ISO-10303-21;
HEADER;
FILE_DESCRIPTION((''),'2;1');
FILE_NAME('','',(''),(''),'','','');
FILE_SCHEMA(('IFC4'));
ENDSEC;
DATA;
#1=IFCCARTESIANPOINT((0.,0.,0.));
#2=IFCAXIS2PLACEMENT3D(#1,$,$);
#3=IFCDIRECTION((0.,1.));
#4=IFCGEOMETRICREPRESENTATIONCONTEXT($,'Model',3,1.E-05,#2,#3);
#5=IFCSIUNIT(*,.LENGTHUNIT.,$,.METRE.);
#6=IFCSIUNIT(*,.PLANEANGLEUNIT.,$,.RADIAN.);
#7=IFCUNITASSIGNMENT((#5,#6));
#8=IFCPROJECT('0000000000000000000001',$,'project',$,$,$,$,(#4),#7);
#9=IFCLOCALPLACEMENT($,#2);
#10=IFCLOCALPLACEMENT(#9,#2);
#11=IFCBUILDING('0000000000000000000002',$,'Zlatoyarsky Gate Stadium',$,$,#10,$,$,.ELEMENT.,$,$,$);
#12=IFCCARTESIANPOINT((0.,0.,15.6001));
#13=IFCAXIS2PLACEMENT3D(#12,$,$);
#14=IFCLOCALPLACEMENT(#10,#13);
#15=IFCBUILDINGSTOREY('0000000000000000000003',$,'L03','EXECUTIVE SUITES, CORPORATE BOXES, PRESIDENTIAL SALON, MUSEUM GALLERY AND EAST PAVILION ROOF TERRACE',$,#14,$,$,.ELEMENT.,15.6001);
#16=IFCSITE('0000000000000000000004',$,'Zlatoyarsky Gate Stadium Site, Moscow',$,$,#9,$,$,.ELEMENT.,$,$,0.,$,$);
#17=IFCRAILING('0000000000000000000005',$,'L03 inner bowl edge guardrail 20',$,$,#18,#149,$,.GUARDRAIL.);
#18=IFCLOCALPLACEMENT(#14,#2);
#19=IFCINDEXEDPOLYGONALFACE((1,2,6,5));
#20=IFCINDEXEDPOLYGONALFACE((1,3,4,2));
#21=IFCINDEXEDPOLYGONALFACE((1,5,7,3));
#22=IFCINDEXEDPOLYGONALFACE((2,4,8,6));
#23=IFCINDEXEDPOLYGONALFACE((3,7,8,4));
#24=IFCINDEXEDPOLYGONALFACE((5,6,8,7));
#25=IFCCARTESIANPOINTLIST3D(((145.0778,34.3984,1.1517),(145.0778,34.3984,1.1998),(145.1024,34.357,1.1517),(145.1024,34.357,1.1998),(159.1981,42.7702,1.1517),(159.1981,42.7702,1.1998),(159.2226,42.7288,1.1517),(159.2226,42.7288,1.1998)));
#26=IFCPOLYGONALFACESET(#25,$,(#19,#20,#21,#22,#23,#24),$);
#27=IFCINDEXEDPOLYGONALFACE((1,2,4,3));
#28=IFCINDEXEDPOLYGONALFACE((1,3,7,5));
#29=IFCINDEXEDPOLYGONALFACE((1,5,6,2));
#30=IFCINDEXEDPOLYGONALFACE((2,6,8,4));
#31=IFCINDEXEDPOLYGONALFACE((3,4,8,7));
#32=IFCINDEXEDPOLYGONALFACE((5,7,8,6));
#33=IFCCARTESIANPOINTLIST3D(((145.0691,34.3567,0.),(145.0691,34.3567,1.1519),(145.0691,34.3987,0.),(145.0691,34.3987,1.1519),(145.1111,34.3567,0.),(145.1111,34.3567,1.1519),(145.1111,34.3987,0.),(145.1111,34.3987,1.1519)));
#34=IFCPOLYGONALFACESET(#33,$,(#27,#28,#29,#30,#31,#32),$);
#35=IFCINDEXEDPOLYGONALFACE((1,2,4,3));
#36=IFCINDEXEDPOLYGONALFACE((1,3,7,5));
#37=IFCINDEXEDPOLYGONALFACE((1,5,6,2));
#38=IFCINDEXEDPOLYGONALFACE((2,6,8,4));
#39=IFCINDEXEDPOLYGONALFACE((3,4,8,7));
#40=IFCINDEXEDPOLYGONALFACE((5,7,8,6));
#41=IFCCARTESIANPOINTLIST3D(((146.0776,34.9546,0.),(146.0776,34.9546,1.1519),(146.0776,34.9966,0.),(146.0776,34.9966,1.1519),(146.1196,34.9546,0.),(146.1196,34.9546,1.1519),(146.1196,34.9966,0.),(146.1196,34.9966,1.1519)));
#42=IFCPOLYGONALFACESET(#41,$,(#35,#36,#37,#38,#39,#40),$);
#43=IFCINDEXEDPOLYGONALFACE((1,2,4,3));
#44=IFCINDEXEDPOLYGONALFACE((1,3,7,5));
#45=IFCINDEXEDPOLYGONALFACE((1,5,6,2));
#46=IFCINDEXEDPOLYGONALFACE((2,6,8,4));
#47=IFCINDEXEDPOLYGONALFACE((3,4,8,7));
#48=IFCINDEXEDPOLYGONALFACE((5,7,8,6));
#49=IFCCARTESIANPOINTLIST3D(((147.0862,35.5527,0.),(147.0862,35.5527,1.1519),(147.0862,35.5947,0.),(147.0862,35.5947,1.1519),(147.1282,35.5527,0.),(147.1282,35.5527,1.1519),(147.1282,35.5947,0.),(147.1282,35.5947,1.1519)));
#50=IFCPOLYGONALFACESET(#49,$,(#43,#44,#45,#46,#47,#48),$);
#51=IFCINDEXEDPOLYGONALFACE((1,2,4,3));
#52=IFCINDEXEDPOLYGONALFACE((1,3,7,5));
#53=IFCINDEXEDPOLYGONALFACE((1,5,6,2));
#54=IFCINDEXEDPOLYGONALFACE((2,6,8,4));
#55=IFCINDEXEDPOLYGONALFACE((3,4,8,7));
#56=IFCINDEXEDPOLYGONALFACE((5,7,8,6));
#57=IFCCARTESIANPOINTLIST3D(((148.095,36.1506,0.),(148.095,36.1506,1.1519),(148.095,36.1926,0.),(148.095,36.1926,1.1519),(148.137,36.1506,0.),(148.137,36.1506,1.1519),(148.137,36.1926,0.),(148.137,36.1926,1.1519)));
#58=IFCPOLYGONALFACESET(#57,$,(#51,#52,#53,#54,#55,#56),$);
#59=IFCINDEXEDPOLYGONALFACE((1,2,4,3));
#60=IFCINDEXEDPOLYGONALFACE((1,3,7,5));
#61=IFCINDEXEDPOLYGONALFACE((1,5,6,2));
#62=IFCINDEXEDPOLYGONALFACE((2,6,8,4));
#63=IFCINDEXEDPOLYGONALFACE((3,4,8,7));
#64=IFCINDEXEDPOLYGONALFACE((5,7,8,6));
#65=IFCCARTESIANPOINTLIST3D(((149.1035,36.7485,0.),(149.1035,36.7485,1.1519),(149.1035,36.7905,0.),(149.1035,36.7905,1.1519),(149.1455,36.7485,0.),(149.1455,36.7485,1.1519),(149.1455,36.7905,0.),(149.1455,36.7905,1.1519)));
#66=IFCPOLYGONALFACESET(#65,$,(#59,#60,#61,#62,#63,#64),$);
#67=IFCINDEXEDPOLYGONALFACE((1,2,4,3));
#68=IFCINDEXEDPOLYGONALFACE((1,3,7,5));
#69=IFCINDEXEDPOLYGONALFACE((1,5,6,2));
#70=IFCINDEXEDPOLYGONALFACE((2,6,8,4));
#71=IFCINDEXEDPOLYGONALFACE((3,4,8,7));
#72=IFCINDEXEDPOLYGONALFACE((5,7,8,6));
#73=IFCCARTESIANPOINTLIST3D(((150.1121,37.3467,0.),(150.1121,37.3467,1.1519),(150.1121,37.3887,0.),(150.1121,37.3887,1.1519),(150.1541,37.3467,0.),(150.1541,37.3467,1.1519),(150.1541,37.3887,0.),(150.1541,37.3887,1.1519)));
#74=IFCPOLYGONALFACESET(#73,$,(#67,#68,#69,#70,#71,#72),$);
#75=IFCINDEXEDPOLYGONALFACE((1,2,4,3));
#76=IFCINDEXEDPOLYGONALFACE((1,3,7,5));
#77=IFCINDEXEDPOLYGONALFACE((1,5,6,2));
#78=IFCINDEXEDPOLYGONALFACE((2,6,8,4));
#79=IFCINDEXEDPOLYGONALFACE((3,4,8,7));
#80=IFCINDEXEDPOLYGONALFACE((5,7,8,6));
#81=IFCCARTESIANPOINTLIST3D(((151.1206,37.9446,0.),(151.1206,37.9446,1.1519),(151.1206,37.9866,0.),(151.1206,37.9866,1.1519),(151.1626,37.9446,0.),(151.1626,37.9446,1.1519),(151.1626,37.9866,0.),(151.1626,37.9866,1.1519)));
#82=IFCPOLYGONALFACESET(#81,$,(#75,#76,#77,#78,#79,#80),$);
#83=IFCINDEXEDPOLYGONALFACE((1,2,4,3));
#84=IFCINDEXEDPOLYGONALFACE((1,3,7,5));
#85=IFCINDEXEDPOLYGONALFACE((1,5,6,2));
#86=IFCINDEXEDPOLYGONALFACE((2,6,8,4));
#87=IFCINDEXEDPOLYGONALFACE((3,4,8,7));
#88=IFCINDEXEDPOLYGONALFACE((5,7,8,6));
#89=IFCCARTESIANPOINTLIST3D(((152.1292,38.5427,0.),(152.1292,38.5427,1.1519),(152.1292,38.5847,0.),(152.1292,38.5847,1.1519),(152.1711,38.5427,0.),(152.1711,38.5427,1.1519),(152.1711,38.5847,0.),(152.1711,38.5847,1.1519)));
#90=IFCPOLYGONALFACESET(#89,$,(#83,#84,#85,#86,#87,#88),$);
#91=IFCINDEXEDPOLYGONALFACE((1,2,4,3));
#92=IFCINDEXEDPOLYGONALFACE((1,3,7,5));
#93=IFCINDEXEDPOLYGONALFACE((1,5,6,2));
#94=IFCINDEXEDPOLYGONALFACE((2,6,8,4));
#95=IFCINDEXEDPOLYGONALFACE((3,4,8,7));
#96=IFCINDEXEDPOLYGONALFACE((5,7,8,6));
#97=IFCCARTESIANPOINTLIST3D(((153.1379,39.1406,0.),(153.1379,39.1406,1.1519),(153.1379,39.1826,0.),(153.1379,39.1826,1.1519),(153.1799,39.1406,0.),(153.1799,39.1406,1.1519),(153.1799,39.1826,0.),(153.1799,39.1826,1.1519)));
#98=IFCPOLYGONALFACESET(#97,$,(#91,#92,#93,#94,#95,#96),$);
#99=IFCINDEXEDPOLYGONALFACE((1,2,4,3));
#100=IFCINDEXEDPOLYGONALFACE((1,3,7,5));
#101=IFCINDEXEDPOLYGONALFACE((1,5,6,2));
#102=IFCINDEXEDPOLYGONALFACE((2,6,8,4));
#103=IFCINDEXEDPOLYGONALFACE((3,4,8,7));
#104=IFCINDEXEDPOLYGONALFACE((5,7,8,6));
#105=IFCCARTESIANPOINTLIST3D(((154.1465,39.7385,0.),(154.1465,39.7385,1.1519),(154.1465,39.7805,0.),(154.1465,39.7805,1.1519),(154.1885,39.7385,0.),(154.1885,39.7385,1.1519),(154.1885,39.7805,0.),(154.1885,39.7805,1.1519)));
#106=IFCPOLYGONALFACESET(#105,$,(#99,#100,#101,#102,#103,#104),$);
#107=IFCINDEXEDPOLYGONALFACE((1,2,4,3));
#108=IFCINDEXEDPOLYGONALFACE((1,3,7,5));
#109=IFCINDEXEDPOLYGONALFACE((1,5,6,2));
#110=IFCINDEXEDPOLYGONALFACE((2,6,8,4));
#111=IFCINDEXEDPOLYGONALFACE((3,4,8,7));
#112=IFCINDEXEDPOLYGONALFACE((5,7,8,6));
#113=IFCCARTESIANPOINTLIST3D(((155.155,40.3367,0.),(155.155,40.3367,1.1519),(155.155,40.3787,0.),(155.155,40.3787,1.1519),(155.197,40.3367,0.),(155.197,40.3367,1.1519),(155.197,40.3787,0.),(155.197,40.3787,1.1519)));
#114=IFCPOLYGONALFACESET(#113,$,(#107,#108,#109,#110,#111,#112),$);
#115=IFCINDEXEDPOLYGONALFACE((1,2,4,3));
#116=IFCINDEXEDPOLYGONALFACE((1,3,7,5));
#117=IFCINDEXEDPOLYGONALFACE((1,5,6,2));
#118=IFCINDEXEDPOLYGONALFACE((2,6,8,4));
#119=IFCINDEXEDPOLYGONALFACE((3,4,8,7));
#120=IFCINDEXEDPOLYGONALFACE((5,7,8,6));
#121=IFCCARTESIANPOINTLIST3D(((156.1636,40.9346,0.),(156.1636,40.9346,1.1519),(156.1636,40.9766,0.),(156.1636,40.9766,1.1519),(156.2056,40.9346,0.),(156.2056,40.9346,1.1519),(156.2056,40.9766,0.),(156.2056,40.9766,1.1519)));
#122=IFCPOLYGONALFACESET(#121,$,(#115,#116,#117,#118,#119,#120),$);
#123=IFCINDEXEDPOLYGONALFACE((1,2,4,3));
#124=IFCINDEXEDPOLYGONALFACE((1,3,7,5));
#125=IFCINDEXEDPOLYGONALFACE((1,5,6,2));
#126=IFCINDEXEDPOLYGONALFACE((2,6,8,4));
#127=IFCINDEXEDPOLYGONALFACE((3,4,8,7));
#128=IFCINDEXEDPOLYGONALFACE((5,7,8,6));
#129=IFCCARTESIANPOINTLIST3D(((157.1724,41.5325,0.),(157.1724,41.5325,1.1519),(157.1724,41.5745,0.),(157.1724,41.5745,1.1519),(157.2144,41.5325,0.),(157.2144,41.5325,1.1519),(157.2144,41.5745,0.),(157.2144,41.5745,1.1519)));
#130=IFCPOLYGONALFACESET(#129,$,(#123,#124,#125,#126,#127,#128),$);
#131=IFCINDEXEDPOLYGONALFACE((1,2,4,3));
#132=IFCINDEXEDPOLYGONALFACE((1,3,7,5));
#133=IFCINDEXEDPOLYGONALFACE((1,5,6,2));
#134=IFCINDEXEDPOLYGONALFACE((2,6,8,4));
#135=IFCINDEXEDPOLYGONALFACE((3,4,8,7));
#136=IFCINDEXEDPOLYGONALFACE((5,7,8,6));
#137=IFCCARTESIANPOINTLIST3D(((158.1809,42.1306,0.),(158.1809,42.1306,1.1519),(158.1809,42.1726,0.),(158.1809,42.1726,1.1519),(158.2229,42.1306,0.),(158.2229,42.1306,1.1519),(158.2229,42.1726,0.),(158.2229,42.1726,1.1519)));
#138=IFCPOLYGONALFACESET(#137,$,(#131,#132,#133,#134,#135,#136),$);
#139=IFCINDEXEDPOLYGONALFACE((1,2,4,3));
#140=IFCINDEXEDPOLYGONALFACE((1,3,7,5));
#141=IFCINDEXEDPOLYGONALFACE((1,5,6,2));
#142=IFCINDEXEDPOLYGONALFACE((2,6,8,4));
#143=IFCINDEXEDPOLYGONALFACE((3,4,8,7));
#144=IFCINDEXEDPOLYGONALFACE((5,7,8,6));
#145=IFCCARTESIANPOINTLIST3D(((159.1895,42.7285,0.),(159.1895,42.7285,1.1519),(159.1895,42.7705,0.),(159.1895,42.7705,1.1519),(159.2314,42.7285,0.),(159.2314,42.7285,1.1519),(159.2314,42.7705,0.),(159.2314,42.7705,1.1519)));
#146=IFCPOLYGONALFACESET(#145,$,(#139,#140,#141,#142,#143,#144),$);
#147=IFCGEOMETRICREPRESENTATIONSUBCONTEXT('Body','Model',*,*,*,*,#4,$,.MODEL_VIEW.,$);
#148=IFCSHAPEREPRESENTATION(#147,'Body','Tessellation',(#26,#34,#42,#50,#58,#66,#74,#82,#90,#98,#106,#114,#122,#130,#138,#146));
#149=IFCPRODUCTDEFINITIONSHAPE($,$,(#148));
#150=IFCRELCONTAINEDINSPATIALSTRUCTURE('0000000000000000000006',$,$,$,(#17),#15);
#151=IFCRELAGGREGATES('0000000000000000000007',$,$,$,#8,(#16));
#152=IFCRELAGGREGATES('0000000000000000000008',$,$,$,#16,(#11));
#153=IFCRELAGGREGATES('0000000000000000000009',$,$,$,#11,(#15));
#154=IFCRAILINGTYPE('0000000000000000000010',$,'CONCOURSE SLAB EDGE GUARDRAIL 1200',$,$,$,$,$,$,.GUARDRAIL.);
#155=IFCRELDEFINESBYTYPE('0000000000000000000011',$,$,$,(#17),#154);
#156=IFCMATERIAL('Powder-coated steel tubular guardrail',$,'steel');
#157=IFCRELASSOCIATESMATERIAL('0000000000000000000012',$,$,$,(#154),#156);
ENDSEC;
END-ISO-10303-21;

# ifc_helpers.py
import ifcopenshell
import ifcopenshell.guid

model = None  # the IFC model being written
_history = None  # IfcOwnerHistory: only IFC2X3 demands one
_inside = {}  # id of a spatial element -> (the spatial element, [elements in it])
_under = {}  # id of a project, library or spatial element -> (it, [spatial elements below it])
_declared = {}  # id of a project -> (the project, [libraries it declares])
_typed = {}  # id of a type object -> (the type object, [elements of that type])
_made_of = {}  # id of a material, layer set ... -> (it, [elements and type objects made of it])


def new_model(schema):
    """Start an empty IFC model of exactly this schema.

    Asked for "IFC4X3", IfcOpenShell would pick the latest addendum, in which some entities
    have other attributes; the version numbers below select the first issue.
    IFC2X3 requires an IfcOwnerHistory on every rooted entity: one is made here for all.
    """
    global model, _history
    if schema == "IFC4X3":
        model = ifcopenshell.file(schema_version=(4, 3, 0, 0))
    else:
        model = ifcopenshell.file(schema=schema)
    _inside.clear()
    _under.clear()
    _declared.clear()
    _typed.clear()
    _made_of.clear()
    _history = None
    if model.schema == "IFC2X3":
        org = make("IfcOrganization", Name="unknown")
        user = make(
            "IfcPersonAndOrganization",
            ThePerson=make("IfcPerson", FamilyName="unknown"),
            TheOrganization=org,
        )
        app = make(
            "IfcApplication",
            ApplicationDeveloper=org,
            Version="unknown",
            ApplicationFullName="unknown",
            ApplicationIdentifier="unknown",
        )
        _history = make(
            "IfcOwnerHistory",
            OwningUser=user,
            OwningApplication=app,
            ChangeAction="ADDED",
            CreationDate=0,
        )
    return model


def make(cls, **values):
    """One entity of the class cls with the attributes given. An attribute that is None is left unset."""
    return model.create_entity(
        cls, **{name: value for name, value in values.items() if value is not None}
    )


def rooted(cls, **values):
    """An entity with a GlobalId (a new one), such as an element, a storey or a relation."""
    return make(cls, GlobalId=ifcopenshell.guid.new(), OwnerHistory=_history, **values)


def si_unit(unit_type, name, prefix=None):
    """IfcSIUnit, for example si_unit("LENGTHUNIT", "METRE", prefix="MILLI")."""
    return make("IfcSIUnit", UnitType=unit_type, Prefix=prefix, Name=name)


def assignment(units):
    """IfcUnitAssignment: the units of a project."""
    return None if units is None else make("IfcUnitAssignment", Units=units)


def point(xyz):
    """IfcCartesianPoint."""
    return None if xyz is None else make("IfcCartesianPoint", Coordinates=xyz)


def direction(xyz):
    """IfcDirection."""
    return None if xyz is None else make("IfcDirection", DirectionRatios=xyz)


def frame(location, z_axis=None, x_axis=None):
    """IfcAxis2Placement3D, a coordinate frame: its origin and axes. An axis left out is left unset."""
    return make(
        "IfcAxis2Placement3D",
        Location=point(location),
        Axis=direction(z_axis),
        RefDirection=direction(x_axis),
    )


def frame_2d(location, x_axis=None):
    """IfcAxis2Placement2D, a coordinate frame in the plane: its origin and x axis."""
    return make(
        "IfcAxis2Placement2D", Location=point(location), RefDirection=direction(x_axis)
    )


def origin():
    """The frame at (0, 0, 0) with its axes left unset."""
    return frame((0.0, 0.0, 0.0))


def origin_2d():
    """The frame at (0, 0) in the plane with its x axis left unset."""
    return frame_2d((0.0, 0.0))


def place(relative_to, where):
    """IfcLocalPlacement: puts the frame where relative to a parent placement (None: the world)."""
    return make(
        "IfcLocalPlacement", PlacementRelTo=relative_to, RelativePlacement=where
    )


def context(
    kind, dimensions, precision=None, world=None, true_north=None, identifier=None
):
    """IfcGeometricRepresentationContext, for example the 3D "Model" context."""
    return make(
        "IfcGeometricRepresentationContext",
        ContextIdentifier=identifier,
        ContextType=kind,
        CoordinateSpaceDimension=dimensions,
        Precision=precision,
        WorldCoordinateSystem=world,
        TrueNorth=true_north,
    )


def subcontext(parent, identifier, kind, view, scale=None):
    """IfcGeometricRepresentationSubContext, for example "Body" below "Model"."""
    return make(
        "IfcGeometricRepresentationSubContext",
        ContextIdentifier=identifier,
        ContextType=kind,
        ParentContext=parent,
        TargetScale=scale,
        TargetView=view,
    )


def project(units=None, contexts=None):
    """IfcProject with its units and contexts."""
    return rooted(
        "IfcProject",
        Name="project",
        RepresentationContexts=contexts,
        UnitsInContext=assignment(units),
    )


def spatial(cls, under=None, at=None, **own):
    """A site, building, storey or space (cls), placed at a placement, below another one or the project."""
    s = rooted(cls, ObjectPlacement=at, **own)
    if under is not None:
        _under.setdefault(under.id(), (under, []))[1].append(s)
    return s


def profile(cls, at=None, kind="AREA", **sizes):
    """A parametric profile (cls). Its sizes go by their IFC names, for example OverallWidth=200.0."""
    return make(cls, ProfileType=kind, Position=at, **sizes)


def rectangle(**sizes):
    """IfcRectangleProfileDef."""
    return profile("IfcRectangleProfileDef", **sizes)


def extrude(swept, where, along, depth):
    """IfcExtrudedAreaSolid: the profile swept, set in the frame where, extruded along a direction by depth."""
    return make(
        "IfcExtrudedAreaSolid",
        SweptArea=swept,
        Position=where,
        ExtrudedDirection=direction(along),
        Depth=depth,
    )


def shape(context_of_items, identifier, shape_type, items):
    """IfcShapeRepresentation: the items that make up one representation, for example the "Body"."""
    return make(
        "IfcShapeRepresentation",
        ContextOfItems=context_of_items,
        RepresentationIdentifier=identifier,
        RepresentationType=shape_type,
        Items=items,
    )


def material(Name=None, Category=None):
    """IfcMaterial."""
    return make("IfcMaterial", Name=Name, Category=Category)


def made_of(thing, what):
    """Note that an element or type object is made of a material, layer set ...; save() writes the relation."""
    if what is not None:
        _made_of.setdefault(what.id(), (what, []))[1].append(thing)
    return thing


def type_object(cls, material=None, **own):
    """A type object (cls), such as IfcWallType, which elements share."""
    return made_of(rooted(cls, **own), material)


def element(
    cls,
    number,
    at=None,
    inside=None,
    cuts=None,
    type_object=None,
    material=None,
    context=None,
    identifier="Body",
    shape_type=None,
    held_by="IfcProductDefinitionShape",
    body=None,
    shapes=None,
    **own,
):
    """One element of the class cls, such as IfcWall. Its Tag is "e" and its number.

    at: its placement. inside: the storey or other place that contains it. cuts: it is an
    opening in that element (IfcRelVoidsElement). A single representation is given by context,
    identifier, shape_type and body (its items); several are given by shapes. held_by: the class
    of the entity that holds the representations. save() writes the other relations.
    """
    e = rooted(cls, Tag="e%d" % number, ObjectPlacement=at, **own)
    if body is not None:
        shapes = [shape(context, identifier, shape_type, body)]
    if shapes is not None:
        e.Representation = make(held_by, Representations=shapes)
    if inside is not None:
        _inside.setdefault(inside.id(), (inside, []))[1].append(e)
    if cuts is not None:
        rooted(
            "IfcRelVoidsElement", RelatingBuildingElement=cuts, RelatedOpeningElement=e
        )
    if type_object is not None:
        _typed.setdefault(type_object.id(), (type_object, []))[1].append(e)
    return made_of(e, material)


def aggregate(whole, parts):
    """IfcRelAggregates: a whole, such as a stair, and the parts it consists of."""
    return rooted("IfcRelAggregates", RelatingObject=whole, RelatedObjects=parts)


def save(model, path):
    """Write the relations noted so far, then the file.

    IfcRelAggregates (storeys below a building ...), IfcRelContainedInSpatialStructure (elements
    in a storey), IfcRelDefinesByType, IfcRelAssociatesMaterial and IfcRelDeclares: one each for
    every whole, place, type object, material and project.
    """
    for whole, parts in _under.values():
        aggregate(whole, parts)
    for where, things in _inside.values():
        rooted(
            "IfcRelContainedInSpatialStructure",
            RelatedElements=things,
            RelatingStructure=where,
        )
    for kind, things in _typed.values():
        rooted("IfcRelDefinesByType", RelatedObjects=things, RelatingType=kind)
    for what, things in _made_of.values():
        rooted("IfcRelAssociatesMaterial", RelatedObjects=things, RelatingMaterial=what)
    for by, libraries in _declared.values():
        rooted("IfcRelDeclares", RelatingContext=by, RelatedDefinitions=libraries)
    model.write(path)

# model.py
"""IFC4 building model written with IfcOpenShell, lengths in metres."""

from ifc_helpers import new_model, si_unit, direction, frame, origin, origin_2d, place, context, subcontext, project, spatial, rectangle, extrude, material, type_object, element, save


model = new_model("IFC4")

# Units and contexts
model_context = context("Model", 3, precision=1e-05, world=origin(), true_north=direction((0.0, 1.0)))
body_context = subcontext(model_context, "Body", "Model", "MODEL_VIEW")
ifc_project = project(units=[si_unit("LENGTHUNIT", "METRE"), si_unit("PLANEANGLEUNIT", "RADIAN")], contexts=[model_context])

# Site, building, storey
site_placement = place(None, origin())
site = spatial("IfcSite", under=ifc_project, at=site_placement, Name="Zlatoyarsky Gate Stadium Site, Moscow", CompositionType="ELEMENT", RefElevation=0.0)
building_placement = place(site_placement, origin())
building = spatial("IfcBuilding", under=site, at=building_placement, Name="Zlatoyarsky Gate Stadium", CompositionType="ELEMENT")
storey_placement = place(building_placement, frame((0.0, 0.0, 15.6001)))
storey = spatial("IfcBuildingStorey", under=building, at=storey_placement, Name="L03", Description="EXECUTIVE SUITES, CORPORATE BOXES, PRESIDENTIAL SALON, MUSEUM GALLERY AND EAST PAVILION ROOF TERRACE", CompositionType="ELEMENT", Elevation=15.6001)

# Railing
ifc_material_1 = material(Name="Powder-coated steel tubular guardrail", Category="steel")
railing_type_1 = type_object("IfcRailingType", Name="CONCOURSE SLAB EDGE GUARDRAIL 1200", PredefinedType="GUARDRAIL", material=ifc_material_1)
railing_1_placement = place(storey_placement, frame((145.0901, 34.3777, 0.0)))
element("IfcRailing", 1, at=railing_1_placement, inside=storey, type_object=railing_type_1, Name="L03 inner bowl edge guardrail 20", PredefinedType="GUARDRAIL", context=body_context, shape_type="SweptSolid", body=[
    extrude(rectangle(XDim=0.0481, YDim=0.0481, at=origin_2d()), frame((0.0, 0.0, 1.1758), z_axis=(0.860179, 0.509992, 0.0), x_axis=(-0.509992, 0.860179, 0.0)), (0.0, 0.0, 1.0), 16.4155),
    extrude(rectangle(XDim=0.042, YDim=0.042, at=origin_2d()), origin(), (0.0, 0.0, 1.0), 1.1519),
    extrude(rectangle(XDim=0.042, YDim=0.042, at=origin_2d()), frame((1.0085, 0.5979, 0.0)), (0.0, 0.0, 1.0), 1.1519),
    extrude(rectangle(XDim=0.042, YDim=0.042, at=origin_2d()), frame((2.0171, 1.196, 0.0)), (0.0, 0.0, 1.0), 1.1519),
    extrude(rectangle(XDim=0.042, YDim=0.042, at=origin_2d()), frame((3.0259, 1.7939, 0.0)), (0.0, 0.0, 1.0), 1.1519),
    extrude(rectangle(XDim=0.042, YDim=0.042, at=origin_2d()), frame((4.0344, 2.3918, 0.0)), (0.0, 0.0, 1.0), 1.1519),
    extrude(rectangle(XDim=0.042, YDim=0.042, at=origin_2d()), frame((5.043, 2.99, 0.0)), (0.0, 0.0, 1.0), 1.1519),
    extrude(rectangle(XDim=0.042, YDim=0.042, at=origin_2d()), frame((6.0515, 3.5879, 0.0)), (0.0, 0.0, 1.0), 1.1519),
    extrude(rectangle(XDim=0.042, YDim=0.042, at=origin_2d()), frame((7.0601, 4.186, 0.0)), (0.0, 0.0, 1.0), 1.1519),
    extrude(rectangle(XDim=0.042, YDim=0.042, at=origin_2d()), frame((8.0688, 4.7839, 0.0)), (0.0, 0.0, 1.0), 1.1519),
    extrude(rectangle(XDim=0.042, YDim=0.042, at=origin_2d()), frame((9.0774, 5.3818, 0.0)), (0.0, 0.0, 1.0), 1.1519),
    extrude(rectangle(XDim=0.042, YDim=0.042, at=origin_2d()), frame((10.0859, 5.98, 0.0)), (0.0, 0.0, 1.0), 1.1519),
    extrude(rectangle(XDim=0.042, YDim=0.042, at=origin_2d()), frame((11.0945, 6.5779, 0.0)), (0.0, 0.0, 1.0), 1.1519),
    extrude(rectangle(XDim=0.042, YDim=0.042, at=origin_2d()), frame((12.1033, 7.1758, 0.0)), (0.0, 0.0, 1.0), 1.1519),
    extrude(rectangle(XDim=0.042, YDim=0.042, at=origin_2d()), frame((13.1118, 7.7739, 0.0)), (0.0, 0.0, 1.0), 1.1519),
    extrude(rectangle(XDim=0.042, YDim=0.042, at=origin_2d()), frame((14.1204, 8.3718, 0.0)), (0.0, 0.0, 1.0), 1.1519),
])

save(model, "model.ifc")
